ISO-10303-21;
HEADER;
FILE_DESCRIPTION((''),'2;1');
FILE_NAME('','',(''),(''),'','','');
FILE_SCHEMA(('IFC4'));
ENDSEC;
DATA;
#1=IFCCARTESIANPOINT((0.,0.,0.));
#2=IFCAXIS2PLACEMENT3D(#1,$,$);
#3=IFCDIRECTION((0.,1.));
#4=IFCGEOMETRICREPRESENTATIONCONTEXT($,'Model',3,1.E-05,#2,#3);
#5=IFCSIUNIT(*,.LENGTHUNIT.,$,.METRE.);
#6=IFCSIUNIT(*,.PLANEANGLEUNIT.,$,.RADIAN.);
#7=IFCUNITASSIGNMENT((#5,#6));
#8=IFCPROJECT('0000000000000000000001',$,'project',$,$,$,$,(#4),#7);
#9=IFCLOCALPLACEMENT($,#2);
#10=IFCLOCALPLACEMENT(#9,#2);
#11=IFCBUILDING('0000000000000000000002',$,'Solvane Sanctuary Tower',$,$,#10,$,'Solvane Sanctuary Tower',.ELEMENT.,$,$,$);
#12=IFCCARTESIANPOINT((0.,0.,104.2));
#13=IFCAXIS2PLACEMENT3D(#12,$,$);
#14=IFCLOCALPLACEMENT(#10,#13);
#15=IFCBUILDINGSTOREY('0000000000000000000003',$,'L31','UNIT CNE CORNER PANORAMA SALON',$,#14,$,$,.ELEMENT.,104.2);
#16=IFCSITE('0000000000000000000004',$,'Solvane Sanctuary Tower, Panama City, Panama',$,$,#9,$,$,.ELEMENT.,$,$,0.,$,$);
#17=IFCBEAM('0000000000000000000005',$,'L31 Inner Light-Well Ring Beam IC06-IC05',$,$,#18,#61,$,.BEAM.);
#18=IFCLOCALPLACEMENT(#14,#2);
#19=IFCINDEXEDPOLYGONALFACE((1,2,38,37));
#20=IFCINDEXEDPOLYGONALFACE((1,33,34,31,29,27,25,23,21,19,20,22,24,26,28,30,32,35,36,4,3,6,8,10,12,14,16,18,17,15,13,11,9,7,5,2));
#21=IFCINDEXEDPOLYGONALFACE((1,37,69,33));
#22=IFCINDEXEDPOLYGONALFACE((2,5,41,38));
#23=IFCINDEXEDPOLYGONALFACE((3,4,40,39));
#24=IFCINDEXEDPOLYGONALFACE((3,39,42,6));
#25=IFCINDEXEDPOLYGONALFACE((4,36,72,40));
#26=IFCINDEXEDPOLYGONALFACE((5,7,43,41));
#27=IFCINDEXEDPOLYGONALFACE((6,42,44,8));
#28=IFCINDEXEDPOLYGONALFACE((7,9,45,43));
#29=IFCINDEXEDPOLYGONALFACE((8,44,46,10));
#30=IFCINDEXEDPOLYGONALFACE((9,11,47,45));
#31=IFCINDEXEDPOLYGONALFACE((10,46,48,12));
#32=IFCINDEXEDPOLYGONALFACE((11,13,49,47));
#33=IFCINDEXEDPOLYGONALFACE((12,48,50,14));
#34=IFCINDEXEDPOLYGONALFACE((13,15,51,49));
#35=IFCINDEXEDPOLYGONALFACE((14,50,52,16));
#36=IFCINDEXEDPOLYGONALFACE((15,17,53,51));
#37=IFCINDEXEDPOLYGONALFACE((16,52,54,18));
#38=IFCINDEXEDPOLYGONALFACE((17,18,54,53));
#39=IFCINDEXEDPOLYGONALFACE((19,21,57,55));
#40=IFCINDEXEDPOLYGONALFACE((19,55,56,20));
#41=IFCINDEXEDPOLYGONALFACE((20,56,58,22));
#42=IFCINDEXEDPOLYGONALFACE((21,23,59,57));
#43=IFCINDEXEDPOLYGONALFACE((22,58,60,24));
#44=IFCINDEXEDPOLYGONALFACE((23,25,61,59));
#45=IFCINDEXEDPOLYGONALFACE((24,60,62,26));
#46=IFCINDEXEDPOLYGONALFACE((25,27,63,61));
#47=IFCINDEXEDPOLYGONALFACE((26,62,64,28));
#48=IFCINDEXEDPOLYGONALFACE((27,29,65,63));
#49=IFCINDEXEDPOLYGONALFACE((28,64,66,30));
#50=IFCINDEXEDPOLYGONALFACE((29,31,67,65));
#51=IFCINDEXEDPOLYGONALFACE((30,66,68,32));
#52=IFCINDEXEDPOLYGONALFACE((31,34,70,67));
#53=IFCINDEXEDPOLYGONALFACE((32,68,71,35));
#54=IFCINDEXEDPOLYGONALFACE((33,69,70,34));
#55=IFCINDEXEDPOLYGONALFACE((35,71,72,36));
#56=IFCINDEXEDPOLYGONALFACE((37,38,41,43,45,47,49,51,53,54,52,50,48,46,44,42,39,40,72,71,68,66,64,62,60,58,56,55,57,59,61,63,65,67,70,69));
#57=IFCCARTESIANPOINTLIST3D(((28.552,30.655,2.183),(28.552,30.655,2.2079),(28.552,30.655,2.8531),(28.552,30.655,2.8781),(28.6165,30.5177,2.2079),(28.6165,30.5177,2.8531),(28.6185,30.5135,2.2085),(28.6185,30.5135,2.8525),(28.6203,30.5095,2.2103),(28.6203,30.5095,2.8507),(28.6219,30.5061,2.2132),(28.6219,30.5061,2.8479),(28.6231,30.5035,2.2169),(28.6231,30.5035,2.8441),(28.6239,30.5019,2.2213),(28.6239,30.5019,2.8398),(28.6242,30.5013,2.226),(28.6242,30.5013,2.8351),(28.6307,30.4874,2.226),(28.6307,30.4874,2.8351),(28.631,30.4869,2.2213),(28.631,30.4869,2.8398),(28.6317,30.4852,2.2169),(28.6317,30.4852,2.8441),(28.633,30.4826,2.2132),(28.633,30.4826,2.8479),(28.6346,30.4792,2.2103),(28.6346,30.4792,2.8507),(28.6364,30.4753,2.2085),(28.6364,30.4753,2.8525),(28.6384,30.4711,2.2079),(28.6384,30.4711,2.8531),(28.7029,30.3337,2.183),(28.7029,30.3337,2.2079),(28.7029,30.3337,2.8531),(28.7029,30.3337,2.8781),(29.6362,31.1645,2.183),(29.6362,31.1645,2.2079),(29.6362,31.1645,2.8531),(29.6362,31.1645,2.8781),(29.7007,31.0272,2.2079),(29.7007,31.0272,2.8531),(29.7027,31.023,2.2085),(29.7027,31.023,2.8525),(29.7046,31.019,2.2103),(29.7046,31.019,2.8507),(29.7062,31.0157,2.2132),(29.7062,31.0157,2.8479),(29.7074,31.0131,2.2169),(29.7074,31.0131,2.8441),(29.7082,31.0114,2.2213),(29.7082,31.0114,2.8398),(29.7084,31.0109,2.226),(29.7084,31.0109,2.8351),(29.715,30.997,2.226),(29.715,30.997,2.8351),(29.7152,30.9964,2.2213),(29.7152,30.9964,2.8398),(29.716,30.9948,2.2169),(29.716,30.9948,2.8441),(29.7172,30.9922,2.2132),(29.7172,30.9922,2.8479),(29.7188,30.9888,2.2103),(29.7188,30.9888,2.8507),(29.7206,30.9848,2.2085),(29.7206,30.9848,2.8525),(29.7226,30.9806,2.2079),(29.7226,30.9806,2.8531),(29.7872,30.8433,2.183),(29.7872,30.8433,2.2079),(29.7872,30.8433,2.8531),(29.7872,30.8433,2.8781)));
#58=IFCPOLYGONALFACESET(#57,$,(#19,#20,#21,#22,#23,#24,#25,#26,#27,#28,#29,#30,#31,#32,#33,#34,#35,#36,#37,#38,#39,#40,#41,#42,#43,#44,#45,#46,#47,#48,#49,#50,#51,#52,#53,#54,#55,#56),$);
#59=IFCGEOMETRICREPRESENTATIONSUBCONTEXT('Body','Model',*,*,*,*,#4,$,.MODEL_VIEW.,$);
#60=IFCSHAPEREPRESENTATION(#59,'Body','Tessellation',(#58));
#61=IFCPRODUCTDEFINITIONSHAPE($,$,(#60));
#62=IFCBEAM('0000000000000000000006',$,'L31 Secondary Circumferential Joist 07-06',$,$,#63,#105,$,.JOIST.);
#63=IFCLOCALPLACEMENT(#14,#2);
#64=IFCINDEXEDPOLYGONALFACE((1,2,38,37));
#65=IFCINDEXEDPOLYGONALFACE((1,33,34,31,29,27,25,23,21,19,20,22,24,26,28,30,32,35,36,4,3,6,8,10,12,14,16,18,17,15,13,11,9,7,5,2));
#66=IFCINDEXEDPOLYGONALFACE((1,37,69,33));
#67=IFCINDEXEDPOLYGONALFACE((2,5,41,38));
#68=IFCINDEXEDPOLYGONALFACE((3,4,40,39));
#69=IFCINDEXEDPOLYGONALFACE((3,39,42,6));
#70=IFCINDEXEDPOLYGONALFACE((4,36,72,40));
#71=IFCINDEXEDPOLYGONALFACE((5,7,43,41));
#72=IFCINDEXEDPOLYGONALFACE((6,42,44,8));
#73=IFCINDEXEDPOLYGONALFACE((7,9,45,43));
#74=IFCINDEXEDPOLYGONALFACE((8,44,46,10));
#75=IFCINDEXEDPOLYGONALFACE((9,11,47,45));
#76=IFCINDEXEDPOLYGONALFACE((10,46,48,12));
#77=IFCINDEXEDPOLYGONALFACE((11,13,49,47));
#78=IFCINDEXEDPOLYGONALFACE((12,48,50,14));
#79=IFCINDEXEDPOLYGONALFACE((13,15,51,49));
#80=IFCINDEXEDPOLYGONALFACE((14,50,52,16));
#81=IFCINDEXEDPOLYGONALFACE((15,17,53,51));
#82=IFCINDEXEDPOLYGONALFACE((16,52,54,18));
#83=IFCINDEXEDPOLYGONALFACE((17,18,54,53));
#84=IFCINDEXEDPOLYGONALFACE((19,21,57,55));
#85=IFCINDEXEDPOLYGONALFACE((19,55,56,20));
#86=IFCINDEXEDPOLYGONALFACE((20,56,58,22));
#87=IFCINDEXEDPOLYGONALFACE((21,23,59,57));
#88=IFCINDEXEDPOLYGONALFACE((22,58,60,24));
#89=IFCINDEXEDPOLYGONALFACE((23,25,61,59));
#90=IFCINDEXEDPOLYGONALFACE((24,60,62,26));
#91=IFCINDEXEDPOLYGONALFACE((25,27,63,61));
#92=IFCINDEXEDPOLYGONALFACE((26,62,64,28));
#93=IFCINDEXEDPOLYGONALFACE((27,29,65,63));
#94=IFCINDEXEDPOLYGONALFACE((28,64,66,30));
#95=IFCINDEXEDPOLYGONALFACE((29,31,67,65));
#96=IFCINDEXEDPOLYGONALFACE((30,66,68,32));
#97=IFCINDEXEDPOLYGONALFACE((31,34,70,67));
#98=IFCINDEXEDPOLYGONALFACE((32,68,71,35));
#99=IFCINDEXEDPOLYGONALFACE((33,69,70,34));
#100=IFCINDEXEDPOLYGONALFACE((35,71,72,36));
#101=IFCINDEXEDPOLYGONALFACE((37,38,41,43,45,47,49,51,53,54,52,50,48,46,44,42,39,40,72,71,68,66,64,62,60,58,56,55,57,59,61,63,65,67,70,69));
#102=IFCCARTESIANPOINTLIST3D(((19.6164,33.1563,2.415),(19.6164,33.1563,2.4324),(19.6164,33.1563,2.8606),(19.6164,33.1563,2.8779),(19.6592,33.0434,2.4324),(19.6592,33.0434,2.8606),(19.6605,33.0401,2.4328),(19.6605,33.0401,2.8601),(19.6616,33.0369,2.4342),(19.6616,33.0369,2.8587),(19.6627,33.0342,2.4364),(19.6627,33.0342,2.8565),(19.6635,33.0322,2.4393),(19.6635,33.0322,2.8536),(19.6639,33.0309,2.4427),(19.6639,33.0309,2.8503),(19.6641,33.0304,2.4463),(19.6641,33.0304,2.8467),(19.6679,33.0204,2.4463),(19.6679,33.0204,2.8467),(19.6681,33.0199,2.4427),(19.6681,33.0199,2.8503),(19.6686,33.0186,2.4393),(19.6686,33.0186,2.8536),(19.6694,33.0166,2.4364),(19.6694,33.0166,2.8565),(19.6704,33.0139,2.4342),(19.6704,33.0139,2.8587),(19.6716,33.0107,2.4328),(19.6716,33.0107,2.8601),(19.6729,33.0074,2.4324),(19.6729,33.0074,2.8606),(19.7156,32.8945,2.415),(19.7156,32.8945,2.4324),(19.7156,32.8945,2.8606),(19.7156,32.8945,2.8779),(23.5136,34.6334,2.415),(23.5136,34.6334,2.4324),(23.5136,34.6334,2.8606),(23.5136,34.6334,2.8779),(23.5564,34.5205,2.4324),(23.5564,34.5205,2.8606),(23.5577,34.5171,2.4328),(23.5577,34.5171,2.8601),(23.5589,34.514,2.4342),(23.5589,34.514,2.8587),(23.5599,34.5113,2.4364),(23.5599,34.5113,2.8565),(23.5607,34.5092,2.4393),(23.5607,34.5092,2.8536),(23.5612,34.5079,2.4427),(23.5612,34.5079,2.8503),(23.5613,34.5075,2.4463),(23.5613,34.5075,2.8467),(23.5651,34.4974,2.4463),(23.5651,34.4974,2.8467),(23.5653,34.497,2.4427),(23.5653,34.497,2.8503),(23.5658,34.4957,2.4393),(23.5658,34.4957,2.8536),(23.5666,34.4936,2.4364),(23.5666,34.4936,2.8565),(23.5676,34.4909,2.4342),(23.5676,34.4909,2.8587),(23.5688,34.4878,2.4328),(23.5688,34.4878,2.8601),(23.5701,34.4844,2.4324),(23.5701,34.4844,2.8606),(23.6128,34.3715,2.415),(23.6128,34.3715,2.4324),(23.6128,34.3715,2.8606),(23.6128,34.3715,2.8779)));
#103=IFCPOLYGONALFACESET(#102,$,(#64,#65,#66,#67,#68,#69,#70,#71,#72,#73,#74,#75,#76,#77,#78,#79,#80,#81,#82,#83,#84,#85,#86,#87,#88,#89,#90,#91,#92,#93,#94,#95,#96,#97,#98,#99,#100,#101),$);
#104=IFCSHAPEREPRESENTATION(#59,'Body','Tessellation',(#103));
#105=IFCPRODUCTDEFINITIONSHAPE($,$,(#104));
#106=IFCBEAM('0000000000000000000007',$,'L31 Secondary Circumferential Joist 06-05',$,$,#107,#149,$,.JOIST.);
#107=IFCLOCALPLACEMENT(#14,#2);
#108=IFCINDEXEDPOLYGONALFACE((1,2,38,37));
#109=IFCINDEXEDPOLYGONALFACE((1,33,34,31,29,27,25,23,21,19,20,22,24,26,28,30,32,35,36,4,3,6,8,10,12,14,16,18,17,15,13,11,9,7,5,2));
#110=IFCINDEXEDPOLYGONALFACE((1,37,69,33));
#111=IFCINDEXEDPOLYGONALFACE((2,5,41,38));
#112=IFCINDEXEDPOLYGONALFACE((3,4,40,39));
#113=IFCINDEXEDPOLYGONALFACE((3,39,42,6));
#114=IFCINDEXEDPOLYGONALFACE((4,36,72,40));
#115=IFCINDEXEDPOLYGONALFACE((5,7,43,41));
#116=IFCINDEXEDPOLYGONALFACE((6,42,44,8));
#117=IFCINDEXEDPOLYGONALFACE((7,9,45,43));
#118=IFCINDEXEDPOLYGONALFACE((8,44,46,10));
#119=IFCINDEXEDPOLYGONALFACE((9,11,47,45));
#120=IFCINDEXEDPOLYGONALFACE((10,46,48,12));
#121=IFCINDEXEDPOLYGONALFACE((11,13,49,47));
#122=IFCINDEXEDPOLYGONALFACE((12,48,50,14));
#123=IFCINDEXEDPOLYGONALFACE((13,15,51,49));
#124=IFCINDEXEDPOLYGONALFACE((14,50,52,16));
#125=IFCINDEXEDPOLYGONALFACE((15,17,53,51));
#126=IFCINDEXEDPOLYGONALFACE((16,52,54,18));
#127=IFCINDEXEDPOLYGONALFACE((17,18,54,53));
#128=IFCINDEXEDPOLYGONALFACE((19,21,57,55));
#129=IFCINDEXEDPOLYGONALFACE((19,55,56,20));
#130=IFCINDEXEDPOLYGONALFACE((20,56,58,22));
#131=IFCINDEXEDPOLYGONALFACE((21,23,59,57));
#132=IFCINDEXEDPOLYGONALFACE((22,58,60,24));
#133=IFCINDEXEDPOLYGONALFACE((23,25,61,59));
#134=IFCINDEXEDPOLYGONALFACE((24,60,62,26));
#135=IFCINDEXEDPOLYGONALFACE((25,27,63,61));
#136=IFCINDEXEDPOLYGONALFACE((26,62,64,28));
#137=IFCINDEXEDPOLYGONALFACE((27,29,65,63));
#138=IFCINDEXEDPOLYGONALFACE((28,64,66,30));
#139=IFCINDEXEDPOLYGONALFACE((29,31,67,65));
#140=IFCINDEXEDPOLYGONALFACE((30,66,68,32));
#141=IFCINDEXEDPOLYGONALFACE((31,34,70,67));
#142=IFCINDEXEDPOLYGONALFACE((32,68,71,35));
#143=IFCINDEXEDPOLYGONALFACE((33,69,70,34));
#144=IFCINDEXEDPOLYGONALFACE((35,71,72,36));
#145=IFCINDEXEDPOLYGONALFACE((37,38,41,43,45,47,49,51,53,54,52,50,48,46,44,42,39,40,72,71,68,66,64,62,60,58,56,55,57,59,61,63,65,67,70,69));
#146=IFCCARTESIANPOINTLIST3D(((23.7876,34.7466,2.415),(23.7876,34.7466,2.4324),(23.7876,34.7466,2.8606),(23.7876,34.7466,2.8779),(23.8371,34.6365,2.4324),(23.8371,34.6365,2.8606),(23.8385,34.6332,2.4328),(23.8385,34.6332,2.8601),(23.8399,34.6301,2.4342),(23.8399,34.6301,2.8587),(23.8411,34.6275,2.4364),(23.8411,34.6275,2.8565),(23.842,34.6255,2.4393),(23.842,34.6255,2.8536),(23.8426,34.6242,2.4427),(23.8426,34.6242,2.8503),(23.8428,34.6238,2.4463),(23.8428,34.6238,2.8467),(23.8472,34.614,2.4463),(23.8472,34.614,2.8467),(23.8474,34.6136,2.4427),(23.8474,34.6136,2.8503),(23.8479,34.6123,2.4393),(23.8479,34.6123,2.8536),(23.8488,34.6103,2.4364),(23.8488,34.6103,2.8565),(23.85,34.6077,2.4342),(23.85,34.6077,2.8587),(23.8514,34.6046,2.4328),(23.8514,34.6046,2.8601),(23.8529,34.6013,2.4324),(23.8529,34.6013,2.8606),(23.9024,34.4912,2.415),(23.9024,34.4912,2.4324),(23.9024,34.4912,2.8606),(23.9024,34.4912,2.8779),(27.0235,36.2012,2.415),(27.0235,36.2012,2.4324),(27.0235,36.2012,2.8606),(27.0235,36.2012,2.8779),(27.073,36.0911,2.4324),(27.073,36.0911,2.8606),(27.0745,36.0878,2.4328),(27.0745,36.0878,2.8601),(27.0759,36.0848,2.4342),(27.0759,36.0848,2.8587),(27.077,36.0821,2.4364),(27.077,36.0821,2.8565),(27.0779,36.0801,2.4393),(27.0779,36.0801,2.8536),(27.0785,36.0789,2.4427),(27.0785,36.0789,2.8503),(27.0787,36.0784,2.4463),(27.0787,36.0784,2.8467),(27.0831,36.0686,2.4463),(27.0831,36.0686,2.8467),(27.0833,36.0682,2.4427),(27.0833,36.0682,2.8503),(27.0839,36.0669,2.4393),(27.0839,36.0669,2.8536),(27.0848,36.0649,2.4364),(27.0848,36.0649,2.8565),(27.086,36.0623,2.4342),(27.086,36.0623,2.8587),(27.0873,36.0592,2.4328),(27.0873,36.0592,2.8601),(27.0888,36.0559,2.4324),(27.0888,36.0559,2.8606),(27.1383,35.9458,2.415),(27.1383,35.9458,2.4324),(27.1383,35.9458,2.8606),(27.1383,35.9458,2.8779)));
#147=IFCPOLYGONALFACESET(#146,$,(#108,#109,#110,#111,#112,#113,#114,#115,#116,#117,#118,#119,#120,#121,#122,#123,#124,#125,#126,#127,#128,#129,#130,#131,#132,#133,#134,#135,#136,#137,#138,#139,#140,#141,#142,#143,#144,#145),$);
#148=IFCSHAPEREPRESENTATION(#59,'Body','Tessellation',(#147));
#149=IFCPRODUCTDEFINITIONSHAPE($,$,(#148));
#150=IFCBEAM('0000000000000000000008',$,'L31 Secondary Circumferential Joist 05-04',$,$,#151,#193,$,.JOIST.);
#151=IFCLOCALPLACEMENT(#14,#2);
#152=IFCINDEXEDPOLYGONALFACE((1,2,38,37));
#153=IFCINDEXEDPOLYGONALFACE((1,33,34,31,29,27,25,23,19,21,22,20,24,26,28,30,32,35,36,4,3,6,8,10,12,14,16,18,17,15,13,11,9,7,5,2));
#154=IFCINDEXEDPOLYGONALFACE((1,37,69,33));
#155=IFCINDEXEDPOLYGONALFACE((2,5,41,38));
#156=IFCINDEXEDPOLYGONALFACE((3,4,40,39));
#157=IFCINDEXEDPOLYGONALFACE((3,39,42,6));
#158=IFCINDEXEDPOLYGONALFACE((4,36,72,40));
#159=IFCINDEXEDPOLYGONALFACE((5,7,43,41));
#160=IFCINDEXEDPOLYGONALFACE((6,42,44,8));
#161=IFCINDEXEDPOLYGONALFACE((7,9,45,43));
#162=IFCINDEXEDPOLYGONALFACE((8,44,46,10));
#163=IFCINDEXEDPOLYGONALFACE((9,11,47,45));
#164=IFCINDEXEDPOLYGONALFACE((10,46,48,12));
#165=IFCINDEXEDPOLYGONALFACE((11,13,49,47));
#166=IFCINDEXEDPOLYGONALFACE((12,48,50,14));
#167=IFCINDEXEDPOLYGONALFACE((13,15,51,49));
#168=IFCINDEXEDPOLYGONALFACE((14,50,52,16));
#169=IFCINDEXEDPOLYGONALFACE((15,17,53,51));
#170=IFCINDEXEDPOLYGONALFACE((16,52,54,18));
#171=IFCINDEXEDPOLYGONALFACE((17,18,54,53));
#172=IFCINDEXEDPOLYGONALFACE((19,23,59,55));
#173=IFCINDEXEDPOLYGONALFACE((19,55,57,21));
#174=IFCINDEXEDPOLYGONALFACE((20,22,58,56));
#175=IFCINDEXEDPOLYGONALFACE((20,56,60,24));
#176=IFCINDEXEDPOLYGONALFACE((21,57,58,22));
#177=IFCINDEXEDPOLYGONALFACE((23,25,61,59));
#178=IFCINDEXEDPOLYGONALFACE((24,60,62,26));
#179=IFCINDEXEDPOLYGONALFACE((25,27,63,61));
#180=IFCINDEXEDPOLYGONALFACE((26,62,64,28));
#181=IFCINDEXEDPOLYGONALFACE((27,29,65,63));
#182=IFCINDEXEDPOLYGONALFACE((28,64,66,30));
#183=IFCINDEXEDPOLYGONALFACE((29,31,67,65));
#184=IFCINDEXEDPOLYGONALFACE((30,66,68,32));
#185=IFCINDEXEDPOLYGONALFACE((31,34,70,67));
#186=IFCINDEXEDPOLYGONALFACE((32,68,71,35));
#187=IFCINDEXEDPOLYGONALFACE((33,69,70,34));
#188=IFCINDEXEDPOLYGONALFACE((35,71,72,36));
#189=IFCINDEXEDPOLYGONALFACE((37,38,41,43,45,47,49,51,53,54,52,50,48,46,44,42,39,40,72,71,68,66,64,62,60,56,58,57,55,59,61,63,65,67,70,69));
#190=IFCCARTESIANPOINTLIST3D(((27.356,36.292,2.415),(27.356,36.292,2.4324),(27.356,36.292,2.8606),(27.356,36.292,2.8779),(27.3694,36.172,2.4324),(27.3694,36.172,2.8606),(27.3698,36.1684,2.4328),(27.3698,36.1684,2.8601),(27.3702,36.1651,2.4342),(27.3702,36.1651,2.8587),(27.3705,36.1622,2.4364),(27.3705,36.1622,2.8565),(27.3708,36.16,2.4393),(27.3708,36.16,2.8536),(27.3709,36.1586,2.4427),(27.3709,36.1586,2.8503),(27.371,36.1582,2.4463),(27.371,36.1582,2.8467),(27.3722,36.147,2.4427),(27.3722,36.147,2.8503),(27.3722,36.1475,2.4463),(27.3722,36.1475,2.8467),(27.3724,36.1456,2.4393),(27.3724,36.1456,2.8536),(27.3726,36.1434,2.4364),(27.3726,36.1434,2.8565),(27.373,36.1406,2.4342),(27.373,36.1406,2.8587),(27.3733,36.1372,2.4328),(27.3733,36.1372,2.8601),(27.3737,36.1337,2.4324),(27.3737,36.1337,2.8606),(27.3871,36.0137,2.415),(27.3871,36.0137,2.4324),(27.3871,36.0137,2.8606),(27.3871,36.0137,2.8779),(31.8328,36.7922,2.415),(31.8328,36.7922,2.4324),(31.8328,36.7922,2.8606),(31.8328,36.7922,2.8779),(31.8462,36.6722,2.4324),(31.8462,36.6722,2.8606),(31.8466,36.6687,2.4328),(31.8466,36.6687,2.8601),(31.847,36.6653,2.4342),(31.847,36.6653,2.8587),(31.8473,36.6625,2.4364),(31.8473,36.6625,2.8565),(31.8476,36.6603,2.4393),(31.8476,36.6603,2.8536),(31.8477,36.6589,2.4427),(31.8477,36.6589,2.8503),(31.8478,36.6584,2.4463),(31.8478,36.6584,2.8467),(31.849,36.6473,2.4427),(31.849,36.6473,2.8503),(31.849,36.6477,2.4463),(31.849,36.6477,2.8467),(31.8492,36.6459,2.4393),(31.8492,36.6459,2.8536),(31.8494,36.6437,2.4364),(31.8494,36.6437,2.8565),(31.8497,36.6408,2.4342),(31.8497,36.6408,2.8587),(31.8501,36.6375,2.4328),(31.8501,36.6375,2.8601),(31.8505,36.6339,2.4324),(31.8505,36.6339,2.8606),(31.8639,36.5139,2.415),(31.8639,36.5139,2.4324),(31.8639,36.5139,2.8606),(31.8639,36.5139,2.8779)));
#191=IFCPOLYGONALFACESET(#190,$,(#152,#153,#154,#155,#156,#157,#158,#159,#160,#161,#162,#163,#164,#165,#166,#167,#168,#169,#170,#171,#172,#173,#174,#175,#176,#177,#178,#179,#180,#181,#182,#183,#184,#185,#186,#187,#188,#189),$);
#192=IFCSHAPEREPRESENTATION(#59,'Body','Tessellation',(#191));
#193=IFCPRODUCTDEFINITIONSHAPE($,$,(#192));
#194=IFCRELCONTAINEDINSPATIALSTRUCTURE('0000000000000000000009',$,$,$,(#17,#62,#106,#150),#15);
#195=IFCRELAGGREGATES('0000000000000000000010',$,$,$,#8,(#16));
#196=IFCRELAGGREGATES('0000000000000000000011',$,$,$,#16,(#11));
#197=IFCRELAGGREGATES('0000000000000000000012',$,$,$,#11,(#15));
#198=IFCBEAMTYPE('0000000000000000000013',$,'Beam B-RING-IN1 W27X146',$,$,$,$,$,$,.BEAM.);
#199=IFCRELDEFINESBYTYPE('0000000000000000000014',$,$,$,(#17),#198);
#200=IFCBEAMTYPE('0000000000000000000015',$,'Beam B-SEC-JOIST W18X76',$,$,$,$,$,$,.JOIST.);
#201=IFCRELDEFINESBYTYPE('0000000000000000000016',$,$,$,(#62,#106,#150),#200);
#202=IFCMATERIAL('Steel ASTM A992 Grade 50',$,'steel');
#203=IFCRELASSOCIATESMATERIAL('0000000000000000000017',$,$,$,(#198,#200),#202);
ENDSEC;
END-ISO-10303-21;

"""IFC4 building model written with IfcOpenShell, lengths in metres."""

from ifc_helpers import new_model, si_unit, direction, frame, origin, origin_2d, place, context, subcontext, project, spatial, i_section, extrude, material, material_profile, profile_set, type_object, element, save


model = new_model("IFC4")

# Units and contexts
model_context = context("Model", 3, precision=1e-05, world=origin(), true_north=direction((0.0, 1.0)))
body_context = subcontext(model_context, "Body", "Model", "MODEL_VIEW")
ifc_project = project(units=[si_unit("LENGTHUNIT", "METRE"), si_unit("PLANEANGLEUNIT", "RADIAN")], contexts=[model_context])

# Site, building, storey
site_placement = place(None, origin())
site = spatial("IfcSite", under=ifc_project, at=site_placement, Name="Solvane Sanctuary Tower, Panama City, Panama", CompositionType="ELEMENT", RefElevation=0.0)
building_placement = place(site_placement, origin())
building = spatial("IfcBuilding", under=site, at=building_placement, Name="Solvane Sanctuary Tower", LongName="Solvane Sanctuary Tower", CompositionType="ELEMENT")
storey_placement = place(building_placement, frame((0.0, 0.0, 104.2)))
storey = spatial("IfcBuildingStorey", under=building, at=storey_placement, Name="L31", Description="UNIT CNE CORNER PANORAMA SALON", CompositionType="ELEMENT", Elevation=104.2)

# Beams
ifc_material_1 = material(Name="Steel ASTM A992 Grade 50", Category="steel")
ifc_material_profile_1 = material_profile(ifc_material_1, i_section(OverallWidth=0.355, OverallDepth=0.6951, WebThickness=0.0154, FlangeThickness=0.0249, FilletRadius=0.0181, at=origin_2d()), Name="W27X146")
ifc_profile_set_1 = profile_set([ifc_material_profile_1], Name="Steel ASTM A992 Grade 50")
beam_type_1 = type_object("IfcBeamType", Name="Beam B-RING-IN1 W27X146", PredefinedType="BEAM", material=ifc_profile_set_1)
beam_1_placement = place(storey_placement, frame((28.6274, 30.4944, 2.5305), z_axis=(0.905045, 0.425316, 0.0), x_axis=(-0.425316, 0.905045, 0.0)))
element("IfcBeam", 1, at=beam_1_placement, inside=storey, type_object=beam_type_1, Name="L31 Inner Light-Well Ring Beam IC06-IC05", PredefinedType="BEAM", context=body_context, shape_type="SweptSolid", body=[
    extrude(i_section(OverallWidth=0.355, OverallDepth=0.6951, WebThickness=0.0154, FlangeThickness=0.0249, FilletRadius=0.0181, at=origin_2d()), origin(), (0.0, 0.0, 1.0), 1.198),
])
ifc_material_profile_2 = material_profile(ifc_material_1, i_section(OverallWidth=0.28, OverallDepth=0.4629, WebThickness=0.0107, FlangeThickness=0.0173, FilletRadius=0.0139, at=origin_2d()), Name="W18X76")
ifc_profile_set_2 = profile_set([ifc_material_profile_2], Name="Steel ASTM A992 Grade 50")
beam_type_2 = type_object("IfcBeamType", Name="Beam B-SEC-JOIST W18X76", PredefinedType="JOIST", material=ifc_profile_set_2)
beam_2_placement = place(storey_placement, frame((19.666, 33.0254, 2.6465), z_axis=(0.935093, 0.354402, 0.0), x_axis=(-0.354402, 0.935093, 0.0)))
element("IfcBeam", 2, at=beam_2_placement, inside=storey, type_object=beam_type_2, Name="L31 Secondary Circumferential Joist 07-06", PredefinedType="JOIST", context=body_context, shape_type="SweptSolid", body=[
    extrude(i_section(OverallWidth=0.28, OverallDepth=0.4629, WebThickness=0.0107, FlangeThickness=0.0173, FilletRadius=0.0139, at=origin_2d()), origin(), (0.0, 0.0, 1.0), 4.1677),
])
beam_3_placement = place(storey_placement, frame((23.845, 34.6189, 2.6465), z_axis=(0.912084, 0.410004, 0.0), x_axis=(-0.410004, 0.912084, 0.0)))
element("IfcBeam", 3, at=beam_3_placement, inside=storey, type_object=beam_type_2, Name="L31 Secondary Circumferential Joist 06-05", PredefinedType="JOIST", context=body_context, shape_type="SweptSolid", body=[
    extrude(i_section(OverallWidth=0.28, OverallDepth=0.4629, WebThickness=0.0107, FlangeThickness=0.0173, FilletRadius=0.0139, at=origin_2d()), origin(), (0.0, 0.0, 1.0), 3.5479),
])
beam_4_placement = place(storey_placement, frame((27.3716, 36.1528, 2.6465), z_axis=(0.993815, 0.11105, 0.0), x_axis=(-0.11105, 0.993815, 0.0)))
element("IfcBeam", 4, at=beam_4_placement, inside=storey, type_object=beam_type_2, Name="L31 Secondary Circumferential Joist 05-04", PredefinedType="JOIST", context=body_context, shape_type="SweptSolid", body=[
    extrude(i_section(OverallWidth=0.28, OverallDepth=0.4629, WebThickness=0.0107, FlangeThickness=0.0173, FilletRadius=0.0139, at=origin_2d()), origin(), (0.0, 0.0, 1.0), 4.5046),
])

save(model, "model.ifc")
